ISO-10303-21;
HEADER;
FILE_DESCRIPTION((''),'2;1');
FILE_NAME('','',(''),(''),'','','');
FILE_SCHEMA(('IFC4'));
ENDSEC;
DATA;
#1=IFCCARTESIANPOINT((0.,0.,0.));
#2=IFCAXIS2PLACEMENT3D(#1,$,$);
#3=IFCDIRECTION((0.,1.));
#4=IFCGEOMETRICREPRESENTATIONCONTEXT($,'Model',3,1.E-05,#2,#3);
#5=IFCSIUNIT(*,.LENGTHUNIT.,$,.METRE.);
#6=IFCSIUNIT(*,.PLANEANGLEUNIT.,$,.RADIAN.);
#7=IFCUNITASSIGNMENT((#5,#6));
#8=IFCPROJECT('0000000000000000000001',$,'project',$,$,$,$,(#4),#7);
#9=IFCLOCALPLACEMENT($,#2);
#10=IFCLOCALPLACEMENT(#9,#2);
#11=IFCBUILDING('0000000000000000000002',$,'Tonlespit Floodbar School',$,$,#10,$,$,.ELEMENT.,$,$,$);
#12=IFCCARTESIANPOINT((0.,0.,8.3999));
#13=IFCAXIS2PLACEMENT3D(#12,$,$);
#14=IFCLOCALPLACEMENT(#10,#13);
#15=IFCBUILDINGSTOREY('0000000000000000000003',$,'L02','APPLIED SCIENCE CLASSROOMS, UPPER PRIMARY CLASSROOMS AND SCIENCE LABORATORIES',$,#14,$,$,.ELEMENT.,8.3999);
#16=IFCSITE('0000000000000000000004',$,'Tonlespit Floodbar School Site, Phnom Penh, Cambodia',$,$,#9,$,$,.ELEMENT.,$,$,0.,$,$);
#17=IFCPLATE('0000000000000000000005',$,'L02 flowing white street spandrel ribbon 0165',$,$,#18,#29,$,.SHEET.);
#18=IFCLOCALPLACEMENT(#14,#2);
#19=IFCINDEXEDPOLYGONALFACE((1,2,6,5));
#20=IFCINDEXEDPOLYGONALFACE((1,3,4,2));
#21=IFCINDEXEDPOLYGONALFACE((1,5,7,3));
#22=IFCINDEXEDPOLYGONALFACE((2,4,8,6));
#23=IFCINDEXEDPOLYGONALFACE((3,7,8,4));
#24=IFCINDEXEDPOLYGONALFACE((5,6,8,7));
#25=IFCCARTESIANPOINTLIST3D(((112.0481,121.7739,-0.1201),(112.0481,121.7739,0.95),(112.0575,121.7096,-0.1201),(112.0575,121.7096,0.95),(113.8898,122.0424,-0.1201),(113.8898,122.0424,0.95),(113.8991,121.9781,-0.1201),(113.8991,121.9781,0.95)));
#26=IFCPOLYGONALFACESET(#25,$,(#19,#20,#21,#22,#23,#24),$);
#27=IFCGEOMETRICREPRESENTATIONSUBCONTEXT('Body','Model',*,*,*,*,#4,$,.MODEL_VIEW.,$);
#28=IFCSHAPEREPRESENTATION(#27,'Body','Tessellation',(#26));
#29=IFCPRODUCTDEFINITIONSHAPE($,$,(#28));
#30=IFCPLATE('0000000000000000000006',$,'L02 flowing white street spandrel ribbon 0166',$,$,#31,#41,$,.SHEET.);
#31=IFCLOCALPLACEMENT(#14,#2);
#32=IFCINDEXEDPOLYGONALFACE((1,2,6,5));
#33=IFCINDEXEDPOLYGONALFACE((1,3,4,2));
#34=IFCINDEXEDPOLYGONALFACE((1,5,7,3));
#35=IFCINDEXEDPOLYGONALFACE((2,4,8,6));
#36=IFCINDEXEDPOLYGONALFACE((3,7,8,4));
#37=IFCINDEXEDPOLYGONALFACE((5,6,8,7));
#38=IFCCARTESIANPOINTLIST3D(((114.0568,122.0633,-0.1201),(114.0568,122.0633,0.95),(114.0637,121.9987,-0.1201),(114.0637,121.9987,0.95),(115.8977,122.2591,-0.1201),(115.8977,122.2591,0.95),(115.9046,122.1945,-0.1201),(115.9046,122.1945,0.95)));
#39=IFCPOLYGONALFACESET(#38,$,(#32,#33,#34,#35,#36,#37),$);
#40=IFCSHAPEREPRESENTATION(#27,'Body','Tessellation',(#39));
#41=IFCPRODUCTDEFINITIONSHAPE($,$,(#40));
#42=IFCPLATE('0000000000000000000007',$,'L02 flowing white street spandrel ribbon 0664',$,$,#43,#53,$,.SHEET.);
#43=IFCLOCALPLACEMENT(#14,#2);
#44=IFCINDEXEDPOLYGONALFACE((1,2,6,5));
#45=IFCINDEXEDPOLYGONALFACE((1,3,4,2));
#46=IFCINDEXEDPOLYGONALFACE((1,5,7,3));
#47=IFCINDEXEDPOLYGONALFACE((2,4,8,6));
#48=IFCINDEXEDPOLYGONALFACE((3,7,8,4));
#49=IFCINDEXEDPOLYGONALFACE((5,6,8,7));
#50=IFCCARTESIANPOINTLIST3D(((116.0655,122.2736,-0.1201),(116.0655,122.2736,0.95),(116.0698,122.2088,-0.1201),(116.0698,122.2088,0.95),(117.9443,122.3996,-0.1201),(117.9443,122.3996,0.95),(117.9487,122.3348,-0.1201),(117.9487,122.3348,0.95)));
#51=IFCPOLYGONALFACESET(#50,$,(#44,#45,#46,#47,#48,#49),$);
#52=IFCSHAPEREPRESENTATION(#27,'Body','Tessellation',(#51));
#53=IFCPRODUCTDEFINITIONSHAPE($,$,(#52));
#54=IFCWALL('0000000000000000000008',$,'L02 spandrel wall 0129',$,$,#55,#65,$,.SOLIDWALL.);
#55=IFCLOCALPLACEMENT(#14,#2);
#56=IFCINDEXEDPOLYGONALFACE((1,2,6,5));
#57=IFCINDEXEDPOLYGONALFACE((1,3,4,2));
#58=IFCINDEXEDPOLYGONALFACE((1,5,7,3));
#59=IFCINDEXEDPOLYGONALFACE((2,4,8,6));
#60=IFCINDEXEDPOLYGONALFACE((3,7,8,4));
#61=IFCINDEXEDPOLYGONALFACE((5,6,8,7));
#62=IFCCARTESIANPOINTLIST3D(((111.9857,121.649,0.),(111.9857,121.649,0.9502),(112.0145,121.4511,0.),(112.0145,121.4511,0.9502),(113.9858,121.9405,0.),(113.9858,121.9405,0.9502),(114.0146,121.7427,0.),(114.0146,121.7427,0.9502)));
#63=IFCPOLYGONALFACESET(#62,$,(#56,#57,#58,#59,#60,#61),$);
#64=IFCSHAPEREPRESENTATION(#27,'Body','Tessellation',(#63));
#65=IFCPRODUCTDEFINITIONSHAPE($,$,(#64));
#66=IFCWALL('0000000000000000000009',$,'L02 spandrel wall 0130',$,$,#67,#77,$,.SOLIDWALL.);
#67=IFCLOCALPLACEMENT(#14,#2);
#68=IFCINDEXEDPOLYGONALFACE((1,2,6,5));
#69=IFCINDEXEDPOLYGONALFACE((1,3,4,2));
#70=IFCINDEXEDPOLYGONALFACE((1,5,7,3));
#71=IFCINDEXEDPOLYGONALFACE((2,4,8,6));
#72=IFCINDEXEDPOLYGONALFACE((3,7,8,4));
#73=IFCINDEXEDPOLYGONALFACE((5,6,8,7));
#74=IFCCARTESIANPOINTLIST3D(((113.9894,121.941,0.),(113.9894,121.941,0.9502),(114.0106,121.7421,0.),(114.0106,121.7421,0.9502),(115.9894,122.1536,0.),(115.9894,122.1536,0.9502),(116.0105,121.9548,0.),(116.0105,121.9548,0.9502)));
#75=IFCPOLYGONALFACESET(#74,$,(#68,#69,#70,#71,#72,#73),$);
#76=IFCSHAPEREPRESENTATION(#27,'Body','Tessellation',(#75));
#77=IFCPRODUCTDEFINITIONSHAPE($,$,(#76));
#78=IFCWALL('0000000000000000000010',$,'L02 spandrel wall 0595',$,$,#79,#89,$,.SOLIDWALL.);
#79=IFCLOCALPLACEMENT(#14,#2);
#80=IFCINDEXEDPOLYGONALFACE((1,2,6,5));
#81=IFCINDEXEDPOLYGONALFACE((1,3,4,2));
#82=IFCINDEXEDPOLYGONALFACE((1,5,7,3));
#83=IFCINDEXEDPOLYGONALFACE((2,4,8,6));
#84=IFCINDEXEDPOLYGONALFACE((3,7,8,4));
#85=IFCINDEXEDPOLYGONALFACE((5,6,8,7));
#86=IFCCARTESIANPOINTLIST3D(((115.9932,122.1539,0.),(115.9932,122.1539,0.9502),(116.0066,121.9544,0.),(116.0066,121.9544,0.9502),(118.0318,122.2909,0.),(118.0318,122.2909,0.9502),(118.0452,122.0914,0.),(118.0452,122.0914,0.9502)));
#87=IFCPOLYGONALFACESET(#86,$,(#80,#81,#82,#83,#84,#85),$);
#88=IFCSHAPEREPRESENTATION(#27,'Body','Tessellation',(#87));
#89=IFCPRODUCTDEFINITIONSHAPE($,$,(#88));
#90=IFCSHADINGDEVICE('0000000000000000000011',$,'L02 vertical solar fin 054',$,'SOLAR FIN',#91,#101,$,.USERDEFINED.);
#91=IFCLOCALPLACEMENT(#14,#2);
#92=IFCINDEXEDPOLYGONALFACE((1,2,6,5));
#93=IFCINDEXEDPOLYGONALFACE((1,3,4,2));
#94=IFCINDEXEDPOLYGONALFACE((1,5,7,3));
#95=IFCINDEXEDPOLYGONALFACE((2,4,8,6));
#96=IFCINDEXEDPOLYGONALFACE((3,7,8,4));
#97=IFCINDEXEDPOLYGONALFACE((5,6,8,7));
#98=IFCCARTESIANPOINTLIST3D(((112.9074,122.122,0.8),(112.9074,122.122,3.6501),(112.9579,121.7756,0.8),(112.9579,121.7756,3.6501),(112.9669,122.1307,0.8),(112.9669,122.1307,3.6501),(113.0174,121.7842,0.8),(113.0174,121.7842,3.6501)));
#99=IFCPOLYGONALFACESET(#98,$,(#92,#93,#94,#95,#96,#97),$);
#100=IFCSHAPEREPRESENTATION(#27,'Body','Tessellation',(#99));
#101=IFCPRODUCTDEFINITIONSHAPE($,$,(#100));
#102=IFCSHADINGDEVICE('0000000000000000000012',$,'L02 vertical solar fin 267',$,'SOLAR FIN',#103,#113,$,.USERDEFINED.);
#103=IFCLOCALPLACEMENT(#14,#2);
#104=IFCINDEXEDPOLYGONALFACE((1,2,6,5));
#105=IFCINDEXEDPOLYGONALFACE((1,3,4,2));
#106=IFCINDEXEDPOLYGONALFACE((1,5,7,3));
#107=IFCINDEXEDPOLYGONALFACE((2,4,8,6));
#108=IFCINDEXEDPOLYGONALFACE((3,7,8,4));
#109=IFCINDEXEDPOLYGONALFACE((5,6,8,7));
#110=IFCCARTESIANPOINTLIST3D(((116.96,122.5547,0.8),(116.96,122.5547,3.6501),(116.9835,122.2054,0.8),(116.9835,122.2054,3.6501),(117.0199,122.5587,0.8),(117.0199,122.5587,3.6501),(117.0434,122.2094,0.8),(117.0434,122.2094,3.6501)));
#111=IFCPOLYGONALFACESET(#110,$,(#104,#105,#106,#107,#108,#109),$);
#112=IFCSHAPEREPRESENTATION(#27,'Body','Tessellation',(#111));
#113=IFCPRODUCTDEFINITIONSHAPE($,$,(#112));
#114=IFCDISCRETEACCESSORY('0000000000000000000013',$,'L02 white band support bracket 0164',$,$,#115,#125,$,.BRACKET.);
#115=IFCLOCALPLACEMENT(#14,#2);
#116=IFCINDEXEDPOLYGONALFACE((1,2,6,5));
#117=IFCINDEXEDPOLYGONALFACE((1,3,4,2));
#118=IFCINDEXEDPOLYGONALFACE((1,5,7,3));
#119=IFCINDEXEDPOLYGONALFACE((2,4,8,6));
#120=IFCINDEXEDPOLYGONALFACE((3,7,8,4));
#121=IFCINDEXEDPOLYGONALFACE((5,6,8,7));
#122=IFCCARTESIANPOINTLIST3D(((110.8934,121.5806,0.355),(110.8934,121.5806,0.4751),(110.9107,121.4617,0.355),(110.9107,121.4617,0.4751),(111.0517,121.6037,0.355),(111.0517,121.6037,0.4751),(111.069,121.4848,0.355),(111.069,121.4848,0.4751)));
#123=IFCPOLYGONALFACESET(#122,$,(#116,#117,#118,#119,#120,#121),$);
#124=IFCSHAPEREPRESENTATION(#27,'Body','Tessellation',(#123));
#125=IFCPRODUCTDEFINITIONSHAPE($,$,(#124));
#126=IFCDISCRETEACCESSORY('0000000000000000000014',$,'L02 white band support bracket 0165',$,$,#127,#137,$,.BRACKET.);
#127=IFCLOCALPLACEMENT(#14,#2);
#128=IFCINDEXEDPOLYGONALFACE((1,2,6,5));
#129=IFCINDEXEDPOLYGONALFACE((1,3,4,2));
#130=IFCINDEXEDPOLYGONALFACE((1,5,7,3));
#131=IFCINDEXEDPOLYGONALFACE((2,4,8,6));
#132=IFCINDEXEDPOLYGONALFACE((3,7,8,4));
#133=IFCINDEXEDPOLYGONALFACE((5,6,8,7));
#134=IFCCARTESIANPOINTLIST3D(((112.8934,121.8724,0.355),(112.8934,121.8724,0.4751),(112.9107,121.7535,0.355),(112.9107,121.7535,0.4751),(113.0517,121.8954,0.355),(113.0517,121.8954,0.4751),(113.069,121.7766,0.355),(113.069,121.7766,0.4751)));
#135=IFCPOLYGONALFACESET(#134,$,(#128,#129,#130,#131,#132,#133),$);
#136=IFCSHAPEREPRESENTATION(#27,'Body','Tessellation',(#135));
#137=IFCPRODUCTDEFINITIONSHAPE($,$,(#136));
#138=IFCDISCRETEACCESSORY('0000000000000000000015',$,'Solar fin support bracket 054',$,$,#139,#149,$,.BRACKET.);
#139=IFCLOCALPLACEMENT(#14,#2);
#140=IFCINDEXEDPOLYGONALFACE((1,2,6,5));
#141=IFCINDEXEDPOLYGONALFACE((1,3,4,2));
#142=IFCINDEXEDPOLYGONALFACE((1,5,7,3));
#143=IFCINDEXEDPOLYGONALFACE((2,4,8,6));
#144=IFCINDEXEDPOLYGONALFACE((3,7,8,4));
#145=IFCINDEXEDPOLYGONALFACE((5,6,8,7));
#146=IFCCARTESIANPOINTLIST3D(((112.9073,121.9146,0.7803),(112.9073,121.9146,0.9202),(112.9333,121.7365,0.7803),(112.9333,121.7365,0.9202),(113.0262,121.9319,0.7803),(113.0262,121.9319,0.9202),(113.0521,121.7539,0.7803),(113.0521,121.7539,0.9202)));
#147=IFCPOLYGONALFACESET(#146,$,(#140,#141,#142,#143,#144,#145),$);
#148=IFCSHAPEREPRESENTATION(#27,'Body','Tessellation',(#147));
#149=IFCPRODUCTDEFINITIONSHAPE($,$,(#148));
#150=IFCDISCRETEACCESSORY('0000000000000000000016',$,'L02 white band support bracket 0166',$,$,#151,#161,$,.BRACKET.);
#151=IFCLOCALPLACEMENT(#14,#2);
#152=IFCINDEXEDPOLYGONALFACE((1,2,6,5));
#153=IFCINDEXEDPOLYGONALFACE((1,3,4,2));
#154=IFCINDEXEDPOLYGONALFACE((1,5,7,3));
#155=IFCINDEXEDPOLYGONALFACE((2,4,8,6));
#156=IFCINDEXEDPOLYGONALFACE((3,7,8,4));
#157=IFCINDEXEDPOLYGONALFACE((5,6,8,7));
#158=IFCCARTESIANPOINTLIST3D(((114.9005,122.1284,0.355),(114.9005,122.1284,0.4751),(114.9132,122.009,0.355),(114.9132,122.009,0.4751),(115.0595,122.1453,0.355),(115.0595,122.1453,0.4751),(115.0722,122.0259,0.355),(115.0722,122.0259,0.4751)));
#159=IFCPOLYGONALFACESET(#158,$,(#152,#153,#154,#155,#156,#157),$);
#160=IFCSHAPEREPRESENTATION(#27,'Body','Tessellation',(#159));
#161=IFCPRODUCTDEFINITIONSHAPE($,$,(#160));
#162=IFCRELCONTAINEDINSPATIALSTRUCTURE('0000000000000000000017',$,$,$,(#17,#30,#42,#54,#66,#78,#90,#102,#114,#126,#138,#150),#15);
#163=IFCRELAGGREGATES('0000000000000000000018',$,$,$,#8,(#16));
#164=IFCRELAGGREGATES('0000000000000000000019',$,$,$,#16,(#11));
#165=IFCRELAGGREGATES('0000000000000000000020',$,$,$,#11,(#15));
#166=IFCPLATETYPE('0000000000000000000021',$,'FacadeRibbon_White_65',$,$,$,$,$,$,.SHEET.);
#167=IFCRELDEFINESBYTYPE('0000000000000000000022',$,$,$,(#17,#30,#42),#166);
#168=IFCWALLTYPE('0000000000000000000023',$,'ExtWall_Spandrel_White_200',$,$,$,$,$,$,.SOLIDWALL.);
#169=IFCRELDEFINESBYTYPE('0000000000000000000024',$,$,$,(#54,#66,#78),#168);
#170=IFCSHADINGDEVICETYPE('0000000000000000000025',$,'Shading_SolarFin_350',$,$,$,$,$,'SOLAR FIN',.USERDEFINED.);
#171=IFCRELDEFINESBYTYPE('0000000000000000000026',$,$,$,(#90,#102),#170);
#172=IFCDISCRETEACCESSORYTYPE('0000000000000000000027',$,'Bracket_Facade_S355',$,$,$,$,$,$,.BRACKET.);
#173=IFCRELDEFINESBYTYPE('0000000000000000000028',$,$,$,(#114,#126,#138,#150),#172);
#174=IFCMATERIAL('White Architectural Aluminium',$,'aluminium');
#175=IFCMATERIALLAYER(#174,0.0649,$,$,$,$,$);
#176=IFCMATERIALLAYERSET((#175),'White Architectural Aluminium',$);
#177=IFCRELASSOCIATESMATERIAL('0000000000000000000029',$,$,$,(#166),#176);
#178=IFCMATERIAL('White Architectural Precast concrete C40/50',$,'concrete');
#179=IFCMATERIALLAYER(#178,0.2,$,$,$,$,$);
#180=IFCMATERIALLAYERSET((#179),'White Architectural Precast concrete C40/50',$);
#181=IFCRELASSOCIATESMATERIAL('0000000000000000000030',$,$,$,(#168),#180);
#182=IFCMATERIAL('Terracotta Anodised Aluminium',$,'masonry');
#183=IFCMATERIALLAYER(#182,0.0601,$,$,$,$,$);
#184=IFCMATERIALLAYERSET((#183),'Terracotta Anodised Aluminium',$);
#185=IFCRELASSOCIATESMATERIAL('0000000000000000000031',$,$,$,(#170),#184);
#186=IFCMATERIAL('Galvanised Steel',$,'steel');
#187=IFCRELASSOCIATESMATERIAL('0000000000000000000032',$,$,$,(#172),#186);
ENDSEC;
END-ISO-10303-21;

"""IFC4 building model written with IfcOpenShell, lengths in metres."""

from ifc_helpers import new_model, si_unit, direction, frame, frame_2d, origin, origin_2d, place, context, subcontext, project, spatial, rectangle, extrude, material, layer, layer_set, type_object, element, save


model = new_model("IFC4")

# Units and contexts
model_context = context("Model", 3, precision=1e-05, world=origin(), true_north=direction((0.0, 1.0)))
body_context = subcontext(model_context, "Body", "Model", "MODEL_VIEW")
ifc_project = project(units=[si_unit("LENGTHUNIT", "METRE"), si_unit("PLANEANGLEUNIT", "RADIAN")], contexts=[model_context])

# Site, building, storey
site_placement = place(None, origin())
site = spatial("IfcSite", under=ifc_project, at=site_placement, Name="Tonlespit Floodbar School Site, Phnom Penh, Cambodia", CompositionType="ELEMENT", RefElevation=0.0)
building_placement = place(site_placement, origin())
building = spatial("IfcBuilding", under=site, at=building_placement, Name="Tonlespit Floodbar School", CompositionType="ELEMENT")
storey_placement = place(building_placement, frame((0.0, 0.0, 8.3999)))
storey = spatial("IfcBuildingStorey", under=building, at=storey_placement, Name="L02", Description="APPLIED SCIENCE CLASSROOMS, UPPER PRIMARY CLASSROOMS AND SCIENCE LABORATORIES", CompositionType="ELEMENT", Elevation=8.3999)

# Plates
ifc_material_1 = material(Name="White Architectural Aluminium", Category="aluminium")
ifc_layer_1 = layer(ifc_material_1, 0.0649)
ifc_layer_set_1 = layer_set([ifc_layer_1], Name="White Architectural Aluminium")
plate_type_1 = type_object("IfcPlateType", Name="FacadeRibbon_White_65", PredefinedType="SHEET", material=ifc_layer_set_1)
for number, where, z_axis, x_axis, name in (
    (1, (112.9736, 121.876, -0.1201), (0.0, 0.0, 1.0), (0.989538, 0.144275, 0.0), "L02 flowing white street spandrel ribbon 0165"),
):
    element("IfcPlate", number, at=place(storey_placement, frame(where, z_axis=z_axis, x_axis=x_axis)), inside=storey, type_object=plate_type_1, Name=name, PredefinedType="SHEET", context=body_context, shape_type="SweptSolid", body=[
        extrude(rectangle(XDim=1.8611, YDim=0.0649, at=origin_2d()), origin(), (0.0, 0.0, 1.0), 1.0701),
    ])
plate_1_placement = place(storey_placement, frame((114.9807, 122.1289, -0.1201), z_axis=(0.0, 0.0, 1.0), x_axis=(0.994392, 0.105754, 0.0)))
element("IfcPlate", 2, at=plate_1_placement, inside=storey, type_object=plate_type_1, Name="L02 flowing white street spandrel ribbon 0166", PredefinedType="SHEET", context=body_context, shape_type="SweptSolid", body=[
    extrude(rectangle(XDim=1.8513, YDim=0.0649, at=origin_2d()), origin(), (0.0, 0.0, 1.0), 1.0701),
])
plate_2_placement = place(storey_placement, frame((117.0071, 122.3042, -0.1201), z_axis=(0.0, 0.0, 1.0), x_axis=(0.997756, 0.066958, 0.0)))
element("IfcPlate", 3, at=plate_2_placement, inside=storey, type_object=plate_type_1, Name="L02 flowing white street spandrel ribbon 0664", PredefinedType="SHEET", context=body_context, shape_type="SweptSolid", body=[
    extrude(rectangle(XDim=1.8831, YDim=0.0649, at=origin_2d()), origin(), (0.0, 0.0, 1.0), 1.0701),
])

# Walls
ifc_material_2 = material(Name="White Architectural Precast concrete C40/50", Category="concrete")
ifc_layer_2 = layer(ifc_material_2, 0.2)
ifc_layer_set_2 = layer_set([ifc_layer_2], Name="White Architectural Precast concrete C40/50")
wall_type = type_object("IfcWallType", Name="ExtWall_Spandrel_White_200", PredefinedType="SOLIDWALL", material=ifc_layer_set_2)
wall_1_placement = place(storey_placement, frame((112.0, 121.55, 0.0), z_axis=(0.0, 0.0, 1.0), x_axis=(0.989544, 0.144228, 0.0)))
element("IfcWall", 4, at=wall_1_placement, inside=storey, type_object=wall_type, Name="L02 spandrel wall 0129", PredefinedType="SOLIDWALL", context=body_context, shape_type="SweptSolid", body=[
    extrude(rectangle(XDim=2.0212, YDim=0.2, at=frame_2d((1.0107, 0.0))), origin(), (0.0, 0.0, 1.0), 0.9502),
])
wall_2_placement = place(storey_placement, frame((114.0, 121.8416, 0.0), z_axis=(0.0, 0.0, 1.0), x_axis=(0.994395, 0.105727, 0.0)))
element("IfcWall", 5, at=wall_2_placement, inside=storey, type_object=wall_type, Name="L02 spandrel wall 0130", PredefinedType="SOLIDWALL", context=body_context, shape_type="SweptSolid", body=[
    extrude(rectangle(XDim=2.0112, YDim=0.2, at=frame_2d((1.0056, 0.0))), origin(), (0.0, 0.0, 1.0), 0.9502),
])
wall_3_placement = place(storey_placement, frame((116.0, 122.0542, 0.0), z_axis=(0.0, 0.0, 1.0), x_axis=(0.997751, 0.067035, 0.0)))
element("IfcWall", 6, at=wall_3_placement, inside=storey, type_object=wall_type, Name="L02 spandrel wall 0595", PredefinedType="SOLIDWALL", context=body_context, shape_type="SweptSolid", body=[
    extrude(rectangle(XDim=2.0432, YDim=0.2, at=frame_2d((1.0215, 0.0))), origin(), (0.0, 0.0, 1.0), 0.9502),
])

# Shading devices
ifc_material_3 = material(Name="Terracotta Anodised Aluminium", Category="masonry")
ifc_layer_3 = layer(ifc_material_3, 0.0601)
ifc_layer_set_3 = layer_set([ifc_layer_3], Name="Terracotta Anodised Aluminium")
shading_device_type = type_object("IfcShadingDeviceType", Name="Shading_SolarFin_350", ElementType="SOLAR FIN", PredefinedType="USERDEFINED", material=ifc_layer_set_3)
for number, where, z_axis, x_axis, name in (
    (7, (112.9624, 121.9531, 0.8), (0.0, 0.0, 1.0), (0.989538, 0.144275, 0.0), "L02 vertical solar fin 054"),
    (8, (117.0017, 122.3821, 0.8), (0.0, 0.0, 1.0), (0.997756, 0.066958, 0.0), "L02 vertical solar fin 267"),
):
    element("IfcShadingDevice", number, at=place(storey_placement, frame(where, z_axis=z_axis, x_axis=x_axis)), inside=storey, type_object=shading_device_type, Name=name, ObjectType="SOLAR FIN", PredefinedType="USERDEFINED", context=body_context, shape_type="SweptSolid", body=[
        extrude(rectangle(XDim=0.0601, YDim=0.3501, at=origin_2d()), origin(), (0.0, 0.0, 1.0), 2.8501),
    ])

# Discrete accessories
ifc_material_4 = material(Name="Galvanised Steel", Category="steel")
discrete_accessory_type = type_object("IfcDiscreteAccessoryType", Name="Bracket_Facade_S355", PredefinedType="BRACKET", material=ifc_material_4)
for number, where, z_axis, x_axis, name in (
    (9, (110.9812, 121.5327, 0.355), (0.0, 0.0, 1.0), (0.989538, 0.144275, 0.0), "L02 white band support bracket 0164"),
    (10, (112.9812, 121.8245, 0.355), (0.0, 0.0, 1.0), (0.989538, 0.144275, 0.0), "L02 white band support bracket 0165"),
):
    element("IfcDiscreteAccessory", number, at=place(storey_placement, frame(where, z_axis=z_axis, x_axis=x_axis)), inside=storey, type_object=discrete_accessory_type, Name=name, PredefinedType="BRACKET", context=body_context, shape_type="SweptSolid", body=[
        extrude(rectangle(XDim=0.1599, YDim=0.1201, at=origin_2d()), origin(), (0.0, 0.0, 1.0), 0.1201),
    ])
discrete_accessory_1_placement = place(storey_placement, frame((112.9797, 121.8342, 0.7803), z_axis=(0.0, 0.0, 1.0), x_axis=(0.989538, 0.144275, 0.0)))
element("IfcDiscreteAccessory", 11, at=discrete_accessory_1_placement, inside=storey, type_object=discrete_accessory_type, Name="Solar fin support bracket 054", PredefinedType="BRACKET", context=body_context, shape_type="SweptSolid", body=[
    extrude(rectangle(XDim=0.1201, YDim=0.1799, at=origin_2d()), origin(), (0.0, 0.0, 1.0), 0.1399),
])
discrete_accessory_2_placement = place(storey_placement, frame((114.9863, 122.0771, 0.355), z_axis=(0.0, 0.0, 1.0), x_axis=(0.994392, 0.105754, 0.0)))
element("IfcDiscreteAccessory", 12, at=discrete_accessory_2_placement, inside=storey, type_object=discrete_accessory_type, Name="L02 white band support bracket 0166", PredefinedType="BRACKET", context=body_context, shape_type="SweptSolid", body=[
    extrude(rectangle(XDim=0.1599, YDim=0.1201, at=origin_2d()), origin(), (0.0, 0.0, 1.0), 0.1201),
])

save(model, "model.ifc")
